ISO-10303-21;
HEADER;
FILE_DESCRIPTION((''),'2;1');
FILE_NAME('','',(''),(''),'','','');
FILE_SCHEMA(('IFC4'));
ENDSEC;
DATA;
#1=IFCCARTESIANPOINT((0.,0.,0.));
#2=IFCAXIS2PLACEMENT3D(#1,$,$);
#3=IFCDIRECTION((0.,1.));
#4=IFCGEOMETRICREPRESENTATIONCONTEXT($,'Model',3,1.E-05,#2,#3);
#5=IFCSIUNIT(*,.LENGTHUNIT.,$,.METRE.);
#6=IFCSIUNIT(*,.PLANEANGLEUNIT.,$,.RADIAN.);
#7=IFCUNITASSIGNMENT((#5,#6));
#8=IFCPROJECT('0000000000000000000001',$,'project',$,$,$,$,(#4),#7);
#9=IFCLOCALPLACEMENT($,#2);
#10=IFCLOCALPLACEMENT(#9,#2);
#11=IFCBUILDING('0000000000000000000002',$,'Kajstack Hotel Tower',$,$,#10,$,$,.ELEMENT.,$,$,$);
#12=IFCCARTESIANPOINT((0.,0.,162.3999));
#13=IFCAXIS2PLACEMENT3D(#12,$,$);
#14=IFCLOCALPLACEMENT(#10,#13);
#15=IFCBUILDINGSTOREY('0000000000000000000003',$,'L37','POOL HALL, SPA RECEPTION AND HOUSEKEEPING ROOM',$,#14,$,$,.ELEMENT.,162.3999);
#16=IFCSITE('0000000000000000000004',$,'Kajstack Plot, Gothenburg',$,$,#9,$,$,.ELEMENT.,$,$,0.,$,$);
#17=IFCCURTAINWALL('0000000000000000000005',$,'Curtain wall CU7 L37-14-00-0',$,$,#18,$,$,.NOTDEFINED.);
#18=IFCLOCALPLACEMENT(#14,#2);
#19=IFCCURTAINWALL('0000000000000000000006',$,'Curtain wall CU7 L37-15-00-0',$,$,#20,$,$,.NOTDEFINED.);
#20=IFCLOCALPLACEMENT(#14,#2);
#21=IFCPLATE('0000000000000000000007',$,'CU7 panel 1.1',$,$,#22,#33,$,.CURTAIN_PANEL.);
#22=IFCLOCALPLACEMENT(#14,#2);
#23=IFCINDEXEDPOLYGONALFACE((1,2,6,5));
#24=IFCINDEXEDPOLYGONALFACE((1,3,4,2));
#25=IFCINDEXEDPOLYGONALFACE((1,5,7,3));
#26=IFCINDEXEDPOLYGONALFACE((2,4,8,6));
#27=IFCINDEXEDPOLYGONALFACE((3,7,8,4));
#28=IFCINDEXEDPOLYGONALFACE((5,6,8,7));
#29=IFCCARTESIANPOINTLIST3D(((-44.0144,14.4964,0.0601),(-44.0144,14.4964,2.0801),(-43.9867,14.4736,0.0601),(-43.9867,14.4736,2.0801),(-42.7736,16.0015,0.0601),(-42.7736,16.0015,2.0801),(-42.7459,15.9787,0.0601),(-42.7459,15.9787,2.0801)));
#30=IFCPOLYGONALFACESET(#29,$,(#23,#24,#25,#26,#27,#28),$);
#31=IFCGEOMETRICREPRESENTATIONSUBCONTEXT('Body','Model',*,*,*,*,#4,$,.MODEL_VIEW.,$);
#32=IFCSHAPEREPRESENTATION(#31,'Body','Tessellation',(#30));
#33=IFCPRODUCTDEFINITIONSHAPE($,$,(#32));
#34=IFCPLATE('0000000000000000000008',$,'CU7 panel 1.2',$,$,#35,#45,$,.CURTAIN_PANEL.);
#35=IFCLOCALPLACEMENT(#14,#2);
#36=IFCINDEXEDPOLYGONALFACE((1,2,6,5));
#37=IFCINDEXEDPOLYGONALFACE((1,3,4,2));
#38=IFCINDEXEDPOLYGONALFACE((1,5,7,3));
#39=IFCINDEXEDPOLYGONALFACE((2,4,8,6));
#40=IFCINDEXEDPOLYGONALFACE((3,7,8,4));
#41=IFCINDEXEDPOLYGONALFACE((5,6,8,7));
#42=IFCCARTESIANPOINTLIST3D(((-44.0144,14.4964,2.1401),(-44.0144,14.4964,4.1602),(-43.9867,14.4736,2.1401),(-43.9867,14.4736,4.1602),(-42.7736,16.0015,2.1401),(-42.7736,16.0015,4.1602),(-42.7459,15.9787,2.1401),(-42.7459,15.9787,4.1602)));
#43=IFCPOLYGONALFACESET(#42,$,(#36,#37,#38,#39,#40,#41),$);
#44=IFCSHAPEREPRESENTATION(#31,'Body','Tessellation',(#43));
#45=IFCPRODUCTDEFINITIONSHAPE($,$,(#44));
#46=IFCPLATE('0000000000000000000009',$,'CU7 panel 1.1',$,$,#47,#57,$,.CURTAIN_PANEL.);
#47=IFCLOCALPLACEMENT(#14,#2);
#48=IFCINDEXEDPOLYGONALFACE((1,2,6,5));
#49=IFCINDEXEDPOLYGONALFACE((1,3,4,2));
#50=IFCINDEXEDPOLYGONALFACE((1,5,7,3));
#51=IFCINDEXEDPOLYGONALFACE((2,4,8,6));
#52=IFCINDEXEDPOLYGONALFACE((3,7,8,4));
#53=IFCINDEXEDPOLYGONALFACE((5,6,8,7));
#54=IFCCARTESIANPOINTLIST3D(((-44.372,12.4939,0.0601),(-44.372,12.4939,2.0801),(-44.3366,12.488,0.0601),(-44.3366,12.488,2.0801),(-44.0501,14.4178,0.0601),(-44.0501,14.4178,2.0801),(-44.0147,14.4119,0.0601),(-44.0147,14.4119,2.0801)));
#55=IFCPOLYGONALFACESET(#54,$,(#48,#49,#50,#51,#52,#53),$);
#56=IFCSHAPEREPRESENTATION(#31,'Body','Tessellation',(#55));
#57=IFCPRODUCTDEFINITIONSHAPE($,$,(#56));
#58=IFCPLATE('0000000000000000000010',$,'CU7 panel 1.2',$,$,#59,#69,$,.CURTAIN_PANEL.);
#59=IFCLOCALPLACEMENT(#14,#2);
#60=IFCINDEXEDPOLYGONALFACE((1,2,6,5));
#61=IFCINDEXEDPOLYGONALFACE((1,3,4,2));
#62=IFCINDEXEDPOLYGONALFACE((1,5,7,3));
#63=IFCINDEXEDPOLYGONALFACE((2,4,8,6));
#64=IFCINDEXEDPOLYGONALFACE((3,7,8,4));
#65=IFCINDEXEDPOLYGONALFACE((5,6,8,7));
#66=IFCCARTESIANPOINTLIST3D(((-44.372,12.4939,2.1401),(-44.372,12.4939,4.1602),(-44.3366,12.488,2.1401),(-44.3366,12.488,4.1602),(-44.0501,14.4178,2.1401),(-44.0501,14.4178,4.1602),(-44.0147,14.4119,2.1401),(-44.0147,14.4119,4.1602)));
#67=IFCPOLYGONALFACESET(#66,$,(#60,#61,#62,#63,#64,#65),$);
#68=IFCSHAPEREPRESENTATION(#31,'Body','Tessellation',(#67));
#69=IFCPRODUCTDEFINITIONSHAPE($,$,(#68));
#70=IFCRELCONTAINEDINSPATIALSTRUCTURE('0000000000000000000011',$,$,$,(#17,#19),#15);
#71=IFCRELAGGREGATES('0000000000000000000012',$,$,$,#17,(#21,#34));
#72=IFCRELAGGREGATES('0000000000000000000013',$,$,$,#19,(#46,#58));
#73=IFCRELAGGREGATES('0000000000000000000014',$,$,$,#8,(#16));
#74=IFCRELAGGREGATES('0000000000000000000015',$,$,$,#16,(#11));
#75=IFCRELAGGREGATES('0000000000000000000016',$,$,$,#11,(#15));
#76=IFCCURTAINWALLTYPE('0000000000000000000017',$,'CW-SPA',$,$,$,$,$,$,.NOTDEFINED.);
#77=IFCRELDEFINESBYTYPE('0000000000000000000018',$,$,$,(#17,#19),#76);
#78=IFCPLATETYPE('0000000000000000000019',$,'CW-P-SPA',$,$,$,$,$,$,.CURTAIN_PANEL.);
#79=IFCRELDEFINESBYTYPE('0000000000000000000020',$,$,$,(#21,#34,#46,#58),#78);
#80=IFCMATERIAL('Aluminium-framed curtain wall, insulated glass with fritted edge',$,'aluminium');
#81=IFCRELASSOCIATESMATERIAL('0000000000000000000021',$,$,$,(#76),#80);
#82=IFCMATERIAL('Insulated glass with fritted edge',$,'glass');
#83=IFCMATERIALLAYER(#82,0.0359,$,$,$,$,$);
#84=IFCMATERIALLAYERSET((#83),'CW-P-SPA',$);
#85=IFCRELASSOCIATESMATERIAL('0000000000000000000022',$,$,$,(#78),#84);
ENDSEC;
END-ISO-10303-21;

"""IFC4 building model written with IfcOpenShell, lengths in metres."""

from ifc_helpers import new_model, si_unit, direction, frame, origin, origin_2d, place, context, subcontext, project, spatial, rectangle, extrude, material, layer, layer_set, type_object, element, aggregate, save


model = new_model("IFC4")

# Units and contexts
model_context = context("Model", 3, precision=1e-05, world=origin(), true_north=direction((0.0, 1.0)))
body_context = subcontext(model_context, "Body", "Model", "MODEL_VIEW")
ifc_project = project(units=[si_unit("LENGTHUNIT", "METRE"), si_unit("PLANEANGLEUNIT", "RADIAN")], contexts=[model_context])

# Site, building, storey
site_placement = place(None, origin())
site = spatial("IfcSite", under=ifc_project, at=site_placement, Name="Kajstack Plot, Gothenburg", CompositionType="ELEMENT", RefElevation=0.0)
building_placement = place(site_placement, origin())
building = spatial("IfcBuilding", under=site, at=building_placement, Name="Kajstack Hotel Tower", CompositionType="ELEMENT")
storey_placement = place(building_placement, frame((0.0, 0.0, 162.3999)))
storey = spatial("IfcBuildingStorey", under=building, at=storey_placement, Name="L37", Description="POOL HALL, SPA RECEPTION AND HOUSEKEEPING ROOM", CompositionType="ELEMENT", Elevation=162.3999)

# Curtain wall
ifc_material_1 = material(Name="Aluminium-framed curtain wall, insulated glass with fritted edge", Category="aluminium")
curtain_wall_type = type_object("IfcCurtainWallType", Name="CW-SPA", PredefinedType="NOTDEFINED", material=ifc_material_1)
curtain_wall_1_placement = place(storey_placement, origin())
curtain_wall_1 = element("IfcCurtainWall", 1, at=curtain_wall_1_placement, inside=storey, type_object=curtain_wall_type, Name="Curtain wall CU7 L37-14-00-0", PredefinedType="NOTDEFINED")

# Curtain wall
curtain_wall_2_placement = place(storey_placement, origin())
curtain_wall_2 = element("IfcCurtainWall", 2, at=curtain_wall_2_placement, inside=storey, type_object=curtain_wall_type, Name="Curtain wall CU7 L37-15-00-0", PredefinedType="NOTDEFINED")

# Plates
ifc_material_2 = material(Name="Insulated glass with fritted edge", Category="glass")
ifc_layer = layer(ifc_material_2, 0.0359)
ifc_layer_set = layer_set([ifc_layer], Name="CW-P-SPA")
plate_type = type_object("IfcPlateType", Name="CW-P-SPA", PredefinedType="CURTAIN_PANEL", material=ifc_layer_set)
plate_1_placement = place(storey_placement, frame((-43.3801, 15.2375, 0.0601), z_axis=(0.0, 0.0, 1.0), x_axis=(-0.636095, -0.771611, 0.0)))
plate_1 = element("IfcPlate", 3, at=plate_1_placement, type_object=plate_type, Name="CU7 panel 1.1", PredefinedType="CURTAIN_PANEL", context=body_context, shape_type="SweptSolid", body=[
    extrude(rectangle(XDim=1.9507, YDim=0.0359, at=origin_2d()), origin(), (0.0, 0.0, 1.0), 2.02),
])
plate_2_placement = place(storey_placement, frame((-43.3801, 15.2375, 2.1401), z_axis=(0.0, 0.0, 1.0), x_axis=(-0.636095, -0.771611, 0.0)))
plate_2 = element("IfcPlate", 4, at=plate_2_placement, type_object=plate_type, Name="CU7 panel 1.2", PredefinedType="CURTAIN_PANEL", context=body_context, shape_type="SweptSolid", body=[
    extrude(rectangle(XDim=1.9507, YDim=0.0359, at=origin_2d()), origin(), (0.0, 0.0, 1.0), 2.02),
])
aggregate(curtain_wall_1, [plate_1, plate_2])
plate_3_placement = place(storey_placement, frame((-44.1934, 13.4529, 0.0601), z_axis=(0.0, 0.0, 1.0), x_axis=(-0.165025, -0.986289, 0.0)))
plate_3 = element("IfcPlate", 5, at=plate_3_placement, type_object=plate_type, Name="CU7 panel 1.1", PredefinedType="CURTAIN_PANEL", context=body_context, shape_type="SweptSolid", body=[
    extrude(rectangle(XDim=1.9507, YDim=0.0359, at=origin_2d()), origin(), (0.0, 0.0, 1.0), 2.02),
])
plate_4_placement = place(storey_placement, frame((-44.1934, 13.4529, 2.1401), z_axis=(0.0, 0.0, 1.0), x_axis=(-0.165025, -0.986289, 0.0)))
plate_4 = element("IfcPlate", 6, at=plate_4_placement, type_object=plate_type, Name="CU7 panel 1.2", PredefinedType="CURTAIN_PANEL", context=body_context, shape_type="SweptSolid", body=[
    extrude(rectangle(XDim=1.9507, YDim=0.0359, at=origin_2d()), origin(), (0.0, 0.0, 1.0), 2.02),
])
aggregate(curtain_wall_2, [plate_3, plate_4])

save(model, "model.ifc")
